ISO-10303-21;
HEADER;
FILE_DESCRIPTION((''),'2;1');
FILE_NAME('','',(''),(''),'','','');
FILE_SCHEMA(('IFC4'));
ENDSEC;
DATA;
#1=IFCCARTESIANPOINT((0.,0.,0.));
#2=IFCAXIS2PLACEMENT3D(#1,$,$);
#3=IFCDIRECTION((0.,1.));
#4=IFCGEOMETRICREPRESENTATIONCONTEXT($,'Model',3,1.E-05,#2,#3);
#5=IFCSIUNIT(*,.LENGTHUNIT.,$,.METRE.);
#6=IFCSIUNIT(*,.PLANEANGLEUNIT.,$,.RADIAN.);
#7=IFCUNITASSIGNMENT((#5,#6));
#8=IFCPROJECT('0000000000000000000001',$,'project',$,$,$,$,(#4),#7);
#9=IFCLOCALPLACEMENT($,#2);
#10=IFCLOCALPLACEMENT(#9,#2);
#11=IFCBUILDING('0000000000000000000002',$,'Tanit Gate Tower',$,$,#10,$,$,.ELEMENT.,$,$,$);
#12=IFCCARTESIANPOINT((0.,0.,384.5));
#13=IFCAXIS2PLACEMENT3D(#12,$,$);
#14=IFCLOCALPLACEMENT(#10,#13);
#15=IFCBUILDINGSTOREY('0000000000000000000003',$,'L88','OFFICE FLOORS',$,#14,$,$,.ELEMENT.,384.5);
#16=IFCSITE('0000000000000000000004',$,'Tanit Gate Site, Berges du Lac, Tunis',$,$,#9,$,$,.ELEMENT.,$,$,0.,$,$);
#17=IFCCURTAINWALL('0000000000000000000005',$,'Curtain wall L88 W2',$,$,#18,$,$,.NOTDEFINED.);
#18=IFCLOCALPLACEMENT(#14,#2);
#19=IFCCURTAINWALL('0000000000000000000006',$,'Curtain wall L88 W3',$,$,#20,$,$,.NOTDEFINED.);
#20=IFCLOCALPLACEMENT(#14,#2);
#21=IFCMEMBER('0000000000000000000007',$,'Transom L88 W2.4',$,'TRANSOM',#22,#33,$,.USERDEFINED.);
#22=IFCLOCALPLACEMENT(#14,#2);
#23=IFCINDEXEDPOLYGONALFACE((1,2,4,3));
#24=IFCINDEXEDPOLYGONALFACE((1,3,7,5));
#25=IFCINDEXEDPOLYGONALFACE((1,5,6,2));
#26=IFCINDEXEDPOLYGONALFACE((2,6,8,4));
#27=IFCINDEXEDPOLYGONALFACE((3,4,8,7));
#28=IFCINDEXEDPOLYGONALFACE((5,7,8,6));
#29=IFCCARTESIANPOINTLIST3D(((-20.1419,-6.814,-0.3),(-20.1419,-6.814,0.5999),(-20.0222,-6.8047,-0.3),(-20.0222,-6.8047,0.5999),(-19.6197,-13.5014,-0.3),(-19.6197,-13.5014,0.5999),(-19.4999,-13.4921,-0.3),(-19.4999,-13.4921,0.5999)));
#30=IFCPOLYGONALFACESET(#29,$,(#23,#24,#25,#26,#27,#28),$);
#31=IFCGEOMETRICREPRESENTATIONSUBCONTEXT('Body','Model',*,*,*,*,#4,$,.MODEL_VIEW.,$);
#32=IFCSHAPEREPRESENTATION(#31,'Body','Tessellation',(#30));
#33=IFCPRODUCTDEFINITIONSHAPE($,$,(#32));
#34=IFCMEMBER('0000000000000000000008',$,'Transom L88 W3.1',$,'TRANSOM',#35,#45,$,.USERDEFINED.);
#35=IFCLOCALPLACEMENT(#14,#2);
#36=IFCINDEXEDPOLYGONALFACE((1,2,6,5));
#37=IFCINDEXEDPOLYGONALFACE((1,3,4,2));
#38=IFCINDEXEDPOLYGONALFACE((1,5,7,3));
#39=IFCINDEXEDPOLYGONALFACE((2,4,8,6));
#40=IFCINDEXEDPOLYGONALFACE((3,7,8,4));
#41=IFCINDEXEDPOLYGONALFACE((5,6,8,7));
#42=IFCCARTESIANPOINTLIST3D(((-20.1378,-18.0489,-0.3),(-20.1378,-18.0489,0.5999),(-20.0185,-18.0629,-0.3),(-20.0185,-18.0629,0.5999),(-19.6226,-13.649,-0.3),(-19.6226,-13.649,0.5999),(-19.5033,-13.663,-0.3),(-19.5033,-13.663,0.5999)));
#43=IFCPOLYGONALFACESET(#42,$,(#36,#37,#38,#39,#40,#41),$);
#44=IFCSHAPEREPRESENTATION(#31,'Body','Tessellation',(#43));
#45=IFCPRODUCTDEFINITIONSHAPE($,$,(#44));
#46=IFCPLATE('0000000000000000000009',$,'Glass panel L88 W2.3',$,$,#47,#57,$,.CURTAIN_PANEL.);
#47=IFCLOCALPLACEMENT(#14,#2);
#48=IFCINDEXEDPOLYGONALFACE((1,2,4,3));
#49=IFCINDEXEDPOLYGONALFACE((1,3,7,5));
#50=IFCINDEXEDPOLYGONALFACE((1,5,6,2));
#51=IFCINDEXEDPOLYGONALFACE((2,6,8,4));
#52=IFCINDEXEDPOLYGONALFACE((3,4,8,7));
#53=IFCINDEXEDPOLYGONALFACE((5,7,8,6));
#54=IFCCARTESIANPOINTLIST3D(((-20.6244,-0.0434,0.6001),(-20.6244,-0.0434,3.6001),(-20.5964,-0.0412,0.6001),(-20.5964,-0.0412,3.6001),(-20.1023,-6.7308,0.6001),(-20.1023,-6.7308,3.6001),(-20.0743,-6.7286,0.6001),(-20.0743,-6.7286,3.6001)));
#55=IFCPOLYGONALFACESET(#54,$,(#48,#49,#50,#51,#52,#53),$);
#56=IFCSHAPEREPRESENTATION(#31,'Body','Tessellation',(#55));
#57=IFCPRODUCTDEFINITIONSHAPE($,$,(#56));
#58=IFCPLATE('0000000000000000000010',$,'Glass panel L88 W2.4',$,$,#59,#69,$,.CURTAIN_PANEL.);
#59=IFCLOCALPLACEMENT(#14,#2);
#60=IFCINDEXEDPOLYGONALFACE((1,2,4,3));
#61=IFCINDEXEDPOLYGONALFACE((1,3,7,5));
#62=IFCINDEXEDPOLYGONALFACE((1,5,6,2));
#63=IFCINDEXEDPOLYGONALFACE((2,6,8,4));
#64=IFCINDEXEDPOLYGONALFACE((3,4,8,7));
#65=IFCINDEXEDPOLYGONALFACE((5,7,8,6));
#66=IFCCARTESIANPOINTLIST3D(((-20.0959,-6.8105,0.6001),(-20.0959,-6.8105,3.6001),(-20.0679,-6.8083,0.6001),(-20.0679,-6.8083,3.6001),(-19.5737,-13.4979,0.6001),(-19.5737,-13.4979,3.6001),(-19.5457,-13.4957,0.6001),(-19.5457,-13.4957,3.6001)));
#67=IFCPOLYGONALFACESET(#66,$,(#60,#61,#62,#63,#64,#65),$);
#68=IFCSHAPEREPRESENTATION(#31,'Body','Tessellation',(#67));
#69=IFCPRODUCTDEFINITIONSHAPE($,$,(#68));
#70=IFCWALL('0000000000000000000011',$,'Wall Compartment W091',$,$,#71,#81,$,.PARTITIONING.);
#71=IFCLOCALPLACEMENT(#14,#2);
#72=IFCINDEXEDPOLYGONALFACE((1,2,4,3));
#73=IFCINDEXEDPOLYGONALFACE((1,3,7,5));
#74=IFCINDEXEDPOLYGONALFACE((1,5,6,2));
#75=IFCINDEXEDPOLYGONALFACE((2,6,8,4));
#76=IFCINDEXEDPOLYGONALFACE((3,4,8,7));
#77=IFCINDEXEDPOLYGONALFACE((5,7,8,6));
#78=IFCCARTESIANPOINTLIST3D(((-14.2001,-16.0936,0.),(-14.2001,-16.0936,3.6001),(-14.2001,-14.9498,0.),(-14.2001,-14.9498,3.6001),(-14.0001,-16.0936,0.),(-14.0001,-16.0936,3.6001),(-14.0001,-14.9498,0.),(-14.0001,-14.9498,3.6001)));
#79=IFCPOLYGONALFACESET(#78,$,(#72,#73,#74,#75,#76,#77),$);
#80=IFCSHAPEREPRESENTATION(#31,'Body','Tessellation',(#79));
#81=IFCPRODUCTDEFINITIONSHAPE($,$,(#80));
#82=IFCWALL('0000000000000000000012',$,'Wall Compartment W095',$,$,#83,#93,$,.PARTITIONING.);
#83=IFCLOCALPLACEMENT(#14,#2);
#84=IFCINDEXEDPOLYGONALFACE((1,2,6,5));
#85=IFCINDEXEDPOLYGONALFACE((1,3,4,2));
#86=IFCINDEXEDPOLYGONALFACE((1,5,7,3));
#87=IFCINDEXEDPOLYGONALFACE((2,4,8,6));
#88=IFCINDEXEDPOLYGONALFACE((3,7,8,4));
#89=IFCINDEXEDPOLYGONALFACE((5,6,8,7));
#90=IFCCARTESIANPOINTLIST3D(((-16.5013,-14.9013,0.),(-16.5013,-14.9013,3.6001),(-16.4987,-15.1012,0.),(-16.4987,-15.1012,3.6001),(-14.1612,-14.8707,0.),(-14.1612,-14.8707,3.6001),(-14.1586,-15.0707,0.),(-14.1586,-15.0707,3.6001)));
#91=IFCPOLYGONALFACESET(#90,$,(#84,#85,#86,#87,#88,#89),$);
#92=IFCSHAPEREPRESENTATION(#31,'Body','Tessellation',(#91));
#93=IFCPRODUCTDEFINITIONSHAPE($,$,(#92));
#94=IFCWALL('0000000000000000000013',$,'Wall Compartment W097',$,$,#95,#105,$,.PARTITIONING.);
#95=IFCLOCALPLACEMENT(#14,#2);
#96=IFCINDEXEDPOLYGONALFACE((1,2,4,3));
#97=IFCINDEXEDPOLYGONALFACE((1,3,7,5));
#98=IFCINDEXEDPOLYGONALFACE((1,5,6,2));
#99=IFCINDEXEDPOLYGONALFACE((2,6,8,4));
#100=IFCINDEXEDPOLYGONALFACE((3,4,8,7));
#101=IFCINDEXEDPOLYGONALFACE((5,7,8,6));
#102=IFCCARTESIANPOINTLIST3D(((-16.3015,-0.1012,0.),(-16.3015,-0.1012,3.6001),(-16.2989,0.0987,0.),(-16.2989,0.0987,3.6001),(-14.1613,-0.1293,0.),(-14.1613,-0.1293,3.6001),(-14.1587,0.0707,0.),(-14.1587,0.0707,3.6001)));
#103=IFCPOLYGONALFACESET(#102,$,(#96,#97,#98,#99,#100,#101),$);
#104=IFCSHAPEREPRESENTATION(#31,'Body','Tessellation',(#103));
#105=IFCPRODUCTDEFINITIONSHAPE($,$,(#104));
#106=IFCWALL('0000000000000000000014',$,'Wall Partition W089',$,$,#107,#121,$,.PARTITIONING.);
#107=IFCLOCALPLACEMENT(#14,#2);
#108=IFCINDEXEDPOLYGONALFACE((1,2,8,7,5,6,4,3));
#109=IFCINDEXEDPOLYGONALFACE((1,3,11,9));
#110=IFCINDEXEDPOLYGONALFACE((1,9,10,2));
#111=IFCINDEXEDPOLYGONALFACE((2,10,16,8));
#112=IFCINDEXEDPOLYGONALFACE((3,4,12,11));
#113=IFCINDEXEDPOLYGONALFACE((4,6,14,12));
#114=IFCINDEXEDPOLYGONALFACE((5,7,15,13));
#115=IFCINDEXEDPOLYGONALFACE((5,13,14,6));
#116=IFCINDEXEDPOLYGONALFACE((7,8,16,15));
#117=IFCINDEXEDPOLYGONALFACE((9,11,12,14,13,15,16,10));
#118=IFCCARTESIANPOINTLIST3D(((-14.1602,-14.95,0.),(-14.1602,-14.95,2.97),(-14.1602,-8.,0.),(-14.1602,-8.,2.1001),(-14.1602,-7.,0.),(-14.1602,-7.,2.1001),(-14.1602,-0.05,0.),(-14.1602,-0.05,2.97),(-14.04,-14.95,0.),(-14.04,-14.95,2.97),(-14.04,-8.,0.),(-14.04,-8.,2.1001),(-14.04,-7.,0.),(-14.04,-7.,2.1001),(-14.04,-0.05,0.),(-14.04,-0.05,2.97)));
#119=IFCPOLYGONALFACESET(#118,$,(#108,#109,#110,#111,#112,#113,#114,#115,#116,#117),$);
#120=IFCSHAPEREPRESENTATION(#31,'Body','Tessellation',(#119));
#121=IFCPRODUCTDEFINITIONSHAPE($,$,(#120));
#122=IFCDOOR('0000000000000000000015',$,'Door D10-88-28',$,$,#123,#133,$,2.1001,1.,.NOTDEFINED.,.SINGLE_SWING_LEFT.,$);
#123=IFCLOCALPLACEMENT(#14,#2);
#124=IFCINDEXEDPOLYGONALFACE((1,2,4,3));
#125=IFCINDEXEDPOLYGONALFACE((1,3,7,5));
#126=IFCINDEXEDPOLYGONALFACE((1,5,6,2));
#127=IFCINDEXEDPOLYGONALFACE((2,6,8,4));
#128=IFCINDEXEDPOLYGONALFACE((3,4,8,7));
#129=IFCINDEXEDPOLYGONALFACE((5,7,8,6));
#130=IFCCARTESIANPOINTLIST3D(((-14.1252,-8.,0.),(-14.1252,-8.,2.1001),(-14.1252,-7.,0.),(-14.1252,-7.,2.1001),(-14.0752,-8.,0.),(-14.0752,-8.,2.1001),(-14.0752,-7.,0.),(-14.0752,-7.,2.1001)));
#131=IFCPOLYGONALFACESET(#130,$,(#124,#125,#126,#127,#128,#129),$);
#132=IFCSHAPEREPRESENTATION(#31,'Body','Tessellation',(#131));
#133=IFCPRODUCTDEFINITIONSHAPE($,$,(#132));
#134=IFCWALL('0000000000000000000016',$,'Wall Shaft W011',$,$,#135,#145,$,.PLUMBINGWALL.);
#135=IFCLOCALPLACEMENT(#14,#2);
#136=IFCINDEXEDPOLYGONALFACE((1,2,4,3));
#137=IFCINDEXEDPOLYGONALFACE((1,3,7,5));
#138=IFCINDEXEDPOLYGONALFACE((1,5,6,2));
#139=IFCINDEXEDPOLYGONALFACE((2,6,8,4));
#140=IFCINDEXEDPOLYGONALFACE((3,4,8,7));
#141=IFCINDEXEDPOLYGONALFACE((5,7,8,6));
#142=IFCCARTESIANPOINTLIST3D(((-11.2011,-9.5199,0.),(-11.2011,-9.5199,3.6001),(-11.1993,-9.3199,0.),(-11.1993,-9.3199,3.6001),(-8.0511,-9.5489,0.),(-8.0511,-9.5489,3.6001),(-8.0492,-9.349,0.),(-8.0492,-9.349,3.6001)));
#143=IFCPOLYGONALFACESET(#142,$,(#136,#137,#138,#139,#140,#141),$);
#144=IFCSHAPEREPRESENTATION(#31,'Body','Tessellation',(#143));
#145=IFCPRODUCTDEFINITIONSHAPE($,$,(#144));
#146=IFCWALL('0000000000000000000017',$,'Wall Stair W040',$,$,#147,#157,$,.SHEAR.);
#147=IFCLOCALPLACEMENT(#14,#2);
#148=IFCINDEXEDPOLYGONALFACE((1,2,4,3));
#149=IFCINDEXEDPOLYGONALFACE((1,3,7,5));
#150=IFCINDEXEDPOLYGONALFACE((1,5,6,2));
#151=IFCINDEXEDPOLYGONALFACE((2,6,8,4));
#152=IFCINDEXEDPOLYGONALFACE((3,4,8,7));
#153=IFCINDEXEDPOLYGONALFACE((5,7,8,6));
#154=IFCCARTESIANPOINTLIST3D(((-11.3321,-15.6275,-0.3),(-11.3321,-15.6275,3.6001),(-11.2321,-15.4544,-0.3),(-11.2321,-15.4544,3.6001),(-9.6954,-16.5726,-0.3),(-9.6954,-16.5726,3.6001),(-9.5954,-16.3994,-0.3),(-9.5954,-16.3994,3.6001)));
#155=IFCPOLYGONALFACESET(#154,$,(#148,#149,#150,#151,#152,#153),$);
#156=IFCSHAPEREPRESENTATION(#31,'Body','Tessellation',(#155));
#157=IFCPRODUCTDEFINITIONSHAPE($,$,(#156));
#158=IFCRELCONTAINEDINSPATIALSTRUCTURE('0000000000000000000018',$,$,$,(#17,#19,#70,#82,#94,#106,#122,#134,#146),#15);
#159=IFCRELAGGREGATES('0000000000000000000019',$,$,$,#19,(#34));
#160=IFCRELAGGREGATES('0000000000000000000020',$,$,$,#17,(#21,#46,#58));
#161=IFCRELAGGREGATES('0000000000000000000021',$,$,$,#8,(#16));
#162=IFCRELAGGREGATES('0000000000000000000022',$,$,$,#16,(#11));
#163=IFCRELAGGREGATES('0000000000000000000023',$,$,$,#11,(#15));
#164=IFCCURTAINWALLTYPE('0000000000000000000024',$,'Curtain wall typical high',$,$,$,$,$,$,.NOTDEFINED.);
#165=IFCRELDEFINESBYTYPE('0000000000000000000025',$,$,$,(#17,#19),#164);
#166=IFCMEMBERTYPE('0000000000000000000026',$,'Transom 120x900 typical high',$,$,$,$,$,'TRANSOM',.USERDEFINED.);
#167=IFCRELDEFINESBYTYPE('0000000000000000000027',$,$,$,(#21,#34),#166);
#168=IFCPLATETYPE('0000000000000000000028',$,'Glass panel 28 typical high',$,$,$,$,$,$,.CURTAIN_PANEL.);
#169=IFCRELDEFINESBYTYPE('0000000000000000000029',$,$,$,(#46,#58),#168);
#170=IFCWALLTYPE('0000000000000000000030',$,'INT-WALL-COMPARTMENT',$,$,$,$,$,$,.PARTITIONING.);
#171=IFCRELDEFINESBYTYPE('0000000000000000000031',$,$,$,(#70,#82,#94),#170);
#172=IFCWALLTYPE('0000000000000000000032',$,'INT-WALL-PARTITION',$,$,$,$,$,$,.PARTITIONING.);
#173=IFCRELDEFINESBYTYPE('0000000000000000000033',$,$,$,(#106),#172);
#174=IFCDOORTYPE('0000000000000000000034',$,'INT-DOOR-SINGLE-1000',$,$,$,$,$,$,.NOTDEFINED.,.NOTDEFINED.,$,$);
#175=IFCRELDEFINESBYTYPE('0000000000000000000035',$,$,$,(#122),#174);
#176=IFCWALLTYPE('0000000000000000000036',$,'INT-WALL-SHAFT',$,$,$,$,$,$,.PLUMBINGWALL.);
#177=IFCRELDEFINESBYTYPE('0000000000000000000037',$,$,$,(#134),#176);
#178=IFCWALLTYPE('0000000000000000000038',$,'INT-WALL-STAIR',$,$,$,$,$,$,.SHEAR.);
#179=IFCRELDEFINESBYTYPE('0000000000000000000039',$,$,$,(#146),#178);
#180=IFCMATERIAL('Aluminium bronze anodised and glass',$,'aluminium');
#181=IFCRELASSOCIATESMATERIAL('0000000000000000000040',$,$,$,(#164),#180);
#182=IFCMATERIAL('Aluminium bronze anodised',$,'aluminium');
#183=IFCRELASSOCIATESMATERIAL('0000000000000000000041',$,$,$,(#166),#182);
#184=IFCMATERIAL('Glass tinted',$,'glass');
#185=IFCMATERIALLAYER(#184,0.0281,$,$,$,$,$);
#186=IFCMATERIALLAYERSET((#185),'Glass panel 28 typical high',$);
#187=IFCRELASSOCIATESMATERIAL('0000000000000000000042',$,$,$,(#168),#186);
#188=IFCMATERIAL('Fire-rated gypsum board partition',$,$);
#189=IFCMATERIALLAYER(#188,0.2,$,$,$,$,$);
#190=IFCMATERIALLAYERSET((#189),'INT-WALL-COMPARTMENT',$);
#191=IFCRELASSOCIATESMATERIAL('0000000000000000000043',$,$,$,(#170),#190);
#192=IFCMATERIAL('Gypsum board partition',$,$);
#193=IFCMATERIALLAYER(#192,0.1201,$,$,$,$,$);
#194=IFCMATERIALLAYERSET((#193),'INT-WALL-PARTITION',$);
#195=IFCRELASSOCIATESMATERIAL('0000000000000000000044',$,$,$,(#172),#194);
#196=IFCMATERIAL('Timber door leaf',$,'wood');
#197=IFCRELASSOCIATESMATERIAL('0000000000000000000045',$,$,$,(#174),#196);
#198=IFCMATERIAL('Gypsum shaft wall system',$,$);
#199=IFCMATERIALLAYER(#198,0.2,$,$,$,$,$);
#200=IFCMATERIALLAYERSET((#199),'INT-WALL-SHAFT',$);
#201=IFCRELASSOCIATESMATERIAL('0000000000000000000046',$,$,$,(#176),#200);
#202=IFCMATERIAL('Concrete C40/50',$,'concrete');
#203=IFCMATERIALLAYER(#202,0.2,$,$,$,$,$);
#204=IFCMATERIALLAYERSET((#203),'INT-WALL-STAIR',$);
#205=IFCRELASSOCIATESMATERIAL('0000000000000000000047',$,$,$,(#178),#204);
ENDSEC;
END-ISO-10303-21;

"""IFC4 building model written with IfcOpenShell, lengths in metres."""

from ifc_helpers import new_model, si_unit, direction, frame, frame_2d, origin, origin_2d, place, context, subcontext, project, spatial, rectangle, extrude, material, layer, layer_set, material_profile, profile_set, type_object, element, fill, aggregate, save


model = new_model("IFC4")

# Units and contexts
model_context = context("Model", 3, precision=1e-05, world=origin(), true_north=direction((0.0, 1.0)))
body_context = subcontext(model_context, "Body", "Model", "MODEL_VIEW")
ifc_project = project(units=[si_unit("LENGTHUNIT", "METRE"), si_unit("PLANEANGLEUNIT", "RADIAN")], contexts=[model_context])

# Site, building, storey
site_placement = place(None, origin())
site = spatial("IfcSite", under=ifc_project, at=site_placement, Name="Tanit Gate Site, Berges du Lac, Tunis", CompositionType="ELEMENT", RefElevation=0.0)
building_placement = place(site_placement, origin())
building = spatial("IfcBuilding", under=site, at=building_placement, Name="Tanit Gate Tower", CompositionType="ELEMENT")
storey_placement = place(building_placement, frame((0.0, 0.0, 384.5)))
storey = spatial("IfcBuildingStorey", under=building, at=storey_placement, Name="L88", Description="OFFICE FLOORS", CompositionType="ELEMENT", Elevation=384.5)

# Curtain wall
ifc_material_1 = material(Name="Aluminium bronze anodised and glass", Category="aluminium")
curtain_wall_type = type_object("IfcCurtainWallType", Name="Curtain wall typical high", PredefinedType="NOTDEFINED", material=ifc_material_1)
curtain_wall_1_placement = place(storey_placement, origin())
curtain_wall_1 = element("IfcCurtainWall", 1, at=curtain_wall_1_placement, inside=storey, type_object=curtain_wall_type, Name="Curtain wall L88 W2", PredefinedType="NOTDEFINED")

# Curtain wall
curtain_wall_2_placement = place(storey_placement, origin())
curtain_wall_2 = element("IfcCurtainWall", 2, at=curtain_wall_2_placement, inside=storey, type_object=curtain_wall_type, Name="Curtain wall L88 W3", PredefinedType="NOTDEFINED")

# Members
ifc_material_2 = material(Name="Aluminium bronze anodised", Category="aluminium")
ifc_material_profile_1 = material_profile(ifc_material_2, rectangle(XDim=0.1201, YDim=0.8999, at=origin_2d()), Name="120x900 bronze transom")
ifc_profile_set_1 = profile_set([ifc_material_profile_1], Name="Aluminium bronze anodised")
member_type_1 = type_object("IfcMemberType", Name="Transom 120x900 typical high", ElementType="TRANSOM", PredefinedType="USERDEFINED", material=ifc_profile_set_1)
member_1_placement = place(storey_placement, frame((-20.082, -6.8093, 0.1499), z_axis=(0.077851, -0.996965, 0.0), x_axis=(0.996965, 0.077851, 0.0)))
member_1 = element("IfcMember", 3, at=member_1_placement, type_object=member_type_1, Name="Transom L88 W2.4", ObjectType="TRANSOM", PredefinedType="USERDEFINED", context=body_context, shape_type="SweptSolid", body=[
    extrude(rectangle(XDim=0.1201, YDim=0.8999, at=origin_2d()), origin(), (0.0, 0.0, 1.0), 6.7078),
])
member_2_placement = place(storey_placement, frame((-19.563, -13.656, 0.1499), z_axis=(-0.116285, -0.993216, 0.0), x_axis=(0.993216, -0.116285, 0.0)))
member_2 = element("IfcMember", 4, at=member_2_placement, type_object=member_type_1, Name="Transom L88 W3.1", ObjectType="TRANSOM", PredefinedType="USERDEFINED", context=body_context, shape_type="SweptSolid", body=[
    extrude(rectangle(XDim=0.1201, YDim=0.8999, at=origin_2d()), origin(), (0.0, 0.0, 1.0), 4.4299),
])
aggregate(curtain_wall_2, [member_2])

# Plates
ifc_material_3 = material(Name="Glass tinted", Category="glass")
ifc_layer_1 = layer(ifc_material_3, 0.0281)
ifc_layer_set_1 = layer_set([ifc_layer_1], Name="Glass panel 28 typical high")
plate_type = type_object("IfcPlateType", Name="Glass panel 28 typical high", PredefinedType="CURTAIN_PANEL", material=ifc_layer_set_1)
plate_1_placement = place(storey_placement, frame((-20.3494, -3.386, 0.6001), z_axis=(0.0, 0.0, 1.0), x_axis=(0.077839, -0.996966, 0.0)))
plate_1 = element("IfcPlate", 5, at=plate_1_placement, type_object=plate_type, Name="Glass panel L88 W2.3", PredefinedType="CURTAIN_PANEL", context=body_context, shape_type="SweptSolid", body=[
    extrude(rectangle(XDim=6.7078, YDim=0.0281, at=origin_2d()), origin(), (0.0, 0.0, 1.0), 3.0),
])
plate_2_placement = place(storey_placement, frame((-19.8208, -10.1531, 0.6001), z_axis=(0.0, 0.0, 1.0), x_axis=(0.077839, -0.996966, 0.0)))
plate_2 = element("IfcPlate", 6, at=plate_2_placement, type_object=plate_type, Name="Glass panel L88 W2.4", PredefinedType="CURTAIN_PANEL", context=body_context, shape_type="SweptSolid", body=[
    extrude(rectangle(XDim=6.7078, YDim=0.0281, at=origin_2d()), origin(), (0.0, 0.0, 1.0), 3.0),
])
aggregate(curtain_wall_1, [member_1, plate_1, plate_2])

# Walls
ifc_material_4 = material(Name="Fire-rated gypsum board partition")
ifc_layer_2 = layer(ifc_material_4, 0.2)
ifc_layer_set_2 = layer_set([ifc_layer_2], Name="INT-WALL-COMPARTMENT")
wall_type_1 = type_object("IfcWallType", Name="INT-WALL-COMPARTMENT", PredefinedType="PARTITIONING", material=ifc_layer_set_2)
wall_1_placement = place(storey_placement, frame((-14.1001, -14.95, 0.0), z_axis=(0.0, 0.0, 1.0), x_axis=(0.0, -1.0, 0.0)))
element("IfcWall", 7, at=wall_1_placement, inside=storey, type_object=wall_type_1, Name="Wall Compartment W091", PredefinedType="PARTITIONING", context=body_context, shape_type="SweptSolid", body=[
    extrude(rectangle(XDim=1.1438, YDim=0.2, at=frame_2d((0.5718, 0.0))), origin(), (0.0, 0.0, 1.0), 3.6001),
])
wall_2_placement = place(storey_placement, frame((-16.5, -15.0012, 0.0), z_axis=(0.0, 0.0, 1.0), x_axis=(0.999915, 0.01304, 0.0)))
element("IfcWall", 8, at=wall_2_placement, inside=storey, type_object=wall_type_1, Name="Wall Compartment W095", PredefinedType="PARTITIONING", context=body_context, shape_type="SweptSolid", body=[
    extrude(rectangle(XDim=2.3403, YDim=0.2, at=frame_2d((1.1702, 0.0))), origin(), (0.0, 0.0, 1.0), 3.6001),
])
wall_3_placement = place(storey_placement, frame((-14.1599, -0.0293, 0.0), z_axis=(0.0, 0.0, 1.0), x_axis=(-0.999914, 0.013118, 0.0)))
element("IfcWall", 9, at=wall_3_placement, inside=storey, type_object=wall_type_1, Name="Wall Compartment W097", PredefinedType="PARTITIONING", context=body_context, shape_type="SweptSolid", body=[
    extrude(rectangle(XDim=2.1404, YDim=0.2, at=frame_2d((1.0703, 0.0))), origin(), (0.0, 0.0, 1.0), 3.6001),
])

# Wall, opening, door
ifc_material_5 = material(Name="Gypsum board partition")
ifc_layer_3 = layer(ifc_material_5, 0.1201)
ifc_layer_set_3 = layer_set([ifc_layer_3], Name="INT-WALL-PARTITION")
wall_type_2 = type_object("IfcWallType", Name="INT-WALL-PARTITION", PredefinedType="PARTITIONING", material=ifc_layer_set_3)
wall_4_placement = place(storey_placement, frame((-14.1001, -0.05, 0.0), z_axis=(0.0, 0.0, 1.0), x_axis=(0.0, -1.0, 0.0)))
wall_4 = element("IfcWall", 10, at=wall_4_placement, inside=storey, type_object=wall_type_2, Name="Wall Partition W089", PredefinedType="PARTITIONING", context=body_context, shape_type="SweptSolid", body=[
    extrude(rectangle(XDim=14.8999, YDim=0.1201, at=frame_2d((7.45, 0.0))), origin(), (0.0, 0.0, 1.0), 2.97),
])
opening_placement = place(wall_4_placement, frame((6.95, 0.0, 0.0)))
opening = element("IfcOpeningElement", 11, at=opening_placement, cuts=wall_4, PredefinedType="OPENING", context=body_context, shape_type="SweptSolid", body=[
    extrude(rectangle(XDim=1.0, YDim=2.1001, at=frame_2d((0.5, 1.05))), frame((0.0, 0.0701, 0.0), z_axis=(0.0, -1.0, 0.0), x_axis=(1.0, 0.0, 0.0)), (0.0, 0.0, 1.0), 0.1401),
])
ifc_material_6 = material(Name="Timber door leaf", Category="wood")
door_type = type_object("IfcDoorType", Name="INT-DOOR-SINGLE-1000", OperationType="NOTDEFINED", PredefinedType="NOTDEFINED", material=ifc_material_6)
door_placement = place(opening_placement, origin())
door = element("IfcDoor", 12, at=door_placement, inside=storey, type_object=door_type, Name="Door D10-88-28", OperationType="SINGLE_SWING_LEFT", OverallHeight=2.1001, OverallWidth=1.0, PredefinedType="NOTDEFINED", context=body_context, shape_type="SweptSolid", body=[
    extrude(rectangle(XDim=1.0, YDim=2.1001, at=frame_2d((0.5, 1.05))), frame((0.0, 0.0249, 0.0), z_axis=(0.0, -1.0, 0.0), x_axis=(1.0, 0.0, 0.0)), (0.0, 0.0, 1.0), 0.05),
])
fill(opening, door)

# Walls
ifc_material_7 = material(Name="Gypsum shaft wall system")
ifc_layer_4 = layer(ifc_material_7, 0.2)
ifc_layer_set_4 = layer_set([ifc_layer_4], Name="INT-WALL-SHAFT")
wall_type_3 = type_object("IfcWallType", Name="INT-WALL-SHAFT", PredefinedType="PLUMBINGWALL", material=ifc_layer_set_4)
wall_5_placement = place(storey_placement, frame((-8.05, -9.449, 0.0), z_axis=(0.0, 0.0, 1.0), x_axis=(-0.999957, 0.009223, 0.0)))
element("IfcWall", 13, at=wall_5_placement, inside=storey, type_object=wall_type_3, Name="Wall Shaft W011", PredefinedType="PLUMBINGWALL", context=body_context, shape_type="SweptSolid", body=[
    extrude(rectangle(XDim=3.1501, YDim=0.2, at=frame_2d((1.5752, 0.0))), origin(), (0.0, 0.0, 1.0), 3.6001),
])
ifc_material_8 = material(Name="Concrete C40/50", Category="concrete")
ifc_layer_5 = layer(ifc_material_8, 0.2)
ifc_layer_set_5 = layer_set([ifc_layer_5], Name="INT-WALL-STAIR")
wall_type_4 = type_object("IfcWallType", Name="INT-WALL-STAIR", PredefinedType="SHEAR", material=ifc_layer_set_5)
wall_6_placement = place(storey_placement, frame((-11.282, -15.541, -0.3), z_axis=(0.0, 0.0, 1.0), x_axis=(0.866001, -0.500043, 0.0)))
element("IfcWall", 14, at=wall_6_placement, inside=storey, type_object=wall_type_4, Name="Wall Stair W040", PredefinedType="SHEAR", context=body_context, shape_type="SweptSolid", body=[
    extrude(rectangle(XDim=1.8899, YDim=0.2, at=frame_2d((0.9448, 0.0))), origin(), (0.0, 0.0, 1.0), 3.9001),
])

save(model, "model.ifc")
